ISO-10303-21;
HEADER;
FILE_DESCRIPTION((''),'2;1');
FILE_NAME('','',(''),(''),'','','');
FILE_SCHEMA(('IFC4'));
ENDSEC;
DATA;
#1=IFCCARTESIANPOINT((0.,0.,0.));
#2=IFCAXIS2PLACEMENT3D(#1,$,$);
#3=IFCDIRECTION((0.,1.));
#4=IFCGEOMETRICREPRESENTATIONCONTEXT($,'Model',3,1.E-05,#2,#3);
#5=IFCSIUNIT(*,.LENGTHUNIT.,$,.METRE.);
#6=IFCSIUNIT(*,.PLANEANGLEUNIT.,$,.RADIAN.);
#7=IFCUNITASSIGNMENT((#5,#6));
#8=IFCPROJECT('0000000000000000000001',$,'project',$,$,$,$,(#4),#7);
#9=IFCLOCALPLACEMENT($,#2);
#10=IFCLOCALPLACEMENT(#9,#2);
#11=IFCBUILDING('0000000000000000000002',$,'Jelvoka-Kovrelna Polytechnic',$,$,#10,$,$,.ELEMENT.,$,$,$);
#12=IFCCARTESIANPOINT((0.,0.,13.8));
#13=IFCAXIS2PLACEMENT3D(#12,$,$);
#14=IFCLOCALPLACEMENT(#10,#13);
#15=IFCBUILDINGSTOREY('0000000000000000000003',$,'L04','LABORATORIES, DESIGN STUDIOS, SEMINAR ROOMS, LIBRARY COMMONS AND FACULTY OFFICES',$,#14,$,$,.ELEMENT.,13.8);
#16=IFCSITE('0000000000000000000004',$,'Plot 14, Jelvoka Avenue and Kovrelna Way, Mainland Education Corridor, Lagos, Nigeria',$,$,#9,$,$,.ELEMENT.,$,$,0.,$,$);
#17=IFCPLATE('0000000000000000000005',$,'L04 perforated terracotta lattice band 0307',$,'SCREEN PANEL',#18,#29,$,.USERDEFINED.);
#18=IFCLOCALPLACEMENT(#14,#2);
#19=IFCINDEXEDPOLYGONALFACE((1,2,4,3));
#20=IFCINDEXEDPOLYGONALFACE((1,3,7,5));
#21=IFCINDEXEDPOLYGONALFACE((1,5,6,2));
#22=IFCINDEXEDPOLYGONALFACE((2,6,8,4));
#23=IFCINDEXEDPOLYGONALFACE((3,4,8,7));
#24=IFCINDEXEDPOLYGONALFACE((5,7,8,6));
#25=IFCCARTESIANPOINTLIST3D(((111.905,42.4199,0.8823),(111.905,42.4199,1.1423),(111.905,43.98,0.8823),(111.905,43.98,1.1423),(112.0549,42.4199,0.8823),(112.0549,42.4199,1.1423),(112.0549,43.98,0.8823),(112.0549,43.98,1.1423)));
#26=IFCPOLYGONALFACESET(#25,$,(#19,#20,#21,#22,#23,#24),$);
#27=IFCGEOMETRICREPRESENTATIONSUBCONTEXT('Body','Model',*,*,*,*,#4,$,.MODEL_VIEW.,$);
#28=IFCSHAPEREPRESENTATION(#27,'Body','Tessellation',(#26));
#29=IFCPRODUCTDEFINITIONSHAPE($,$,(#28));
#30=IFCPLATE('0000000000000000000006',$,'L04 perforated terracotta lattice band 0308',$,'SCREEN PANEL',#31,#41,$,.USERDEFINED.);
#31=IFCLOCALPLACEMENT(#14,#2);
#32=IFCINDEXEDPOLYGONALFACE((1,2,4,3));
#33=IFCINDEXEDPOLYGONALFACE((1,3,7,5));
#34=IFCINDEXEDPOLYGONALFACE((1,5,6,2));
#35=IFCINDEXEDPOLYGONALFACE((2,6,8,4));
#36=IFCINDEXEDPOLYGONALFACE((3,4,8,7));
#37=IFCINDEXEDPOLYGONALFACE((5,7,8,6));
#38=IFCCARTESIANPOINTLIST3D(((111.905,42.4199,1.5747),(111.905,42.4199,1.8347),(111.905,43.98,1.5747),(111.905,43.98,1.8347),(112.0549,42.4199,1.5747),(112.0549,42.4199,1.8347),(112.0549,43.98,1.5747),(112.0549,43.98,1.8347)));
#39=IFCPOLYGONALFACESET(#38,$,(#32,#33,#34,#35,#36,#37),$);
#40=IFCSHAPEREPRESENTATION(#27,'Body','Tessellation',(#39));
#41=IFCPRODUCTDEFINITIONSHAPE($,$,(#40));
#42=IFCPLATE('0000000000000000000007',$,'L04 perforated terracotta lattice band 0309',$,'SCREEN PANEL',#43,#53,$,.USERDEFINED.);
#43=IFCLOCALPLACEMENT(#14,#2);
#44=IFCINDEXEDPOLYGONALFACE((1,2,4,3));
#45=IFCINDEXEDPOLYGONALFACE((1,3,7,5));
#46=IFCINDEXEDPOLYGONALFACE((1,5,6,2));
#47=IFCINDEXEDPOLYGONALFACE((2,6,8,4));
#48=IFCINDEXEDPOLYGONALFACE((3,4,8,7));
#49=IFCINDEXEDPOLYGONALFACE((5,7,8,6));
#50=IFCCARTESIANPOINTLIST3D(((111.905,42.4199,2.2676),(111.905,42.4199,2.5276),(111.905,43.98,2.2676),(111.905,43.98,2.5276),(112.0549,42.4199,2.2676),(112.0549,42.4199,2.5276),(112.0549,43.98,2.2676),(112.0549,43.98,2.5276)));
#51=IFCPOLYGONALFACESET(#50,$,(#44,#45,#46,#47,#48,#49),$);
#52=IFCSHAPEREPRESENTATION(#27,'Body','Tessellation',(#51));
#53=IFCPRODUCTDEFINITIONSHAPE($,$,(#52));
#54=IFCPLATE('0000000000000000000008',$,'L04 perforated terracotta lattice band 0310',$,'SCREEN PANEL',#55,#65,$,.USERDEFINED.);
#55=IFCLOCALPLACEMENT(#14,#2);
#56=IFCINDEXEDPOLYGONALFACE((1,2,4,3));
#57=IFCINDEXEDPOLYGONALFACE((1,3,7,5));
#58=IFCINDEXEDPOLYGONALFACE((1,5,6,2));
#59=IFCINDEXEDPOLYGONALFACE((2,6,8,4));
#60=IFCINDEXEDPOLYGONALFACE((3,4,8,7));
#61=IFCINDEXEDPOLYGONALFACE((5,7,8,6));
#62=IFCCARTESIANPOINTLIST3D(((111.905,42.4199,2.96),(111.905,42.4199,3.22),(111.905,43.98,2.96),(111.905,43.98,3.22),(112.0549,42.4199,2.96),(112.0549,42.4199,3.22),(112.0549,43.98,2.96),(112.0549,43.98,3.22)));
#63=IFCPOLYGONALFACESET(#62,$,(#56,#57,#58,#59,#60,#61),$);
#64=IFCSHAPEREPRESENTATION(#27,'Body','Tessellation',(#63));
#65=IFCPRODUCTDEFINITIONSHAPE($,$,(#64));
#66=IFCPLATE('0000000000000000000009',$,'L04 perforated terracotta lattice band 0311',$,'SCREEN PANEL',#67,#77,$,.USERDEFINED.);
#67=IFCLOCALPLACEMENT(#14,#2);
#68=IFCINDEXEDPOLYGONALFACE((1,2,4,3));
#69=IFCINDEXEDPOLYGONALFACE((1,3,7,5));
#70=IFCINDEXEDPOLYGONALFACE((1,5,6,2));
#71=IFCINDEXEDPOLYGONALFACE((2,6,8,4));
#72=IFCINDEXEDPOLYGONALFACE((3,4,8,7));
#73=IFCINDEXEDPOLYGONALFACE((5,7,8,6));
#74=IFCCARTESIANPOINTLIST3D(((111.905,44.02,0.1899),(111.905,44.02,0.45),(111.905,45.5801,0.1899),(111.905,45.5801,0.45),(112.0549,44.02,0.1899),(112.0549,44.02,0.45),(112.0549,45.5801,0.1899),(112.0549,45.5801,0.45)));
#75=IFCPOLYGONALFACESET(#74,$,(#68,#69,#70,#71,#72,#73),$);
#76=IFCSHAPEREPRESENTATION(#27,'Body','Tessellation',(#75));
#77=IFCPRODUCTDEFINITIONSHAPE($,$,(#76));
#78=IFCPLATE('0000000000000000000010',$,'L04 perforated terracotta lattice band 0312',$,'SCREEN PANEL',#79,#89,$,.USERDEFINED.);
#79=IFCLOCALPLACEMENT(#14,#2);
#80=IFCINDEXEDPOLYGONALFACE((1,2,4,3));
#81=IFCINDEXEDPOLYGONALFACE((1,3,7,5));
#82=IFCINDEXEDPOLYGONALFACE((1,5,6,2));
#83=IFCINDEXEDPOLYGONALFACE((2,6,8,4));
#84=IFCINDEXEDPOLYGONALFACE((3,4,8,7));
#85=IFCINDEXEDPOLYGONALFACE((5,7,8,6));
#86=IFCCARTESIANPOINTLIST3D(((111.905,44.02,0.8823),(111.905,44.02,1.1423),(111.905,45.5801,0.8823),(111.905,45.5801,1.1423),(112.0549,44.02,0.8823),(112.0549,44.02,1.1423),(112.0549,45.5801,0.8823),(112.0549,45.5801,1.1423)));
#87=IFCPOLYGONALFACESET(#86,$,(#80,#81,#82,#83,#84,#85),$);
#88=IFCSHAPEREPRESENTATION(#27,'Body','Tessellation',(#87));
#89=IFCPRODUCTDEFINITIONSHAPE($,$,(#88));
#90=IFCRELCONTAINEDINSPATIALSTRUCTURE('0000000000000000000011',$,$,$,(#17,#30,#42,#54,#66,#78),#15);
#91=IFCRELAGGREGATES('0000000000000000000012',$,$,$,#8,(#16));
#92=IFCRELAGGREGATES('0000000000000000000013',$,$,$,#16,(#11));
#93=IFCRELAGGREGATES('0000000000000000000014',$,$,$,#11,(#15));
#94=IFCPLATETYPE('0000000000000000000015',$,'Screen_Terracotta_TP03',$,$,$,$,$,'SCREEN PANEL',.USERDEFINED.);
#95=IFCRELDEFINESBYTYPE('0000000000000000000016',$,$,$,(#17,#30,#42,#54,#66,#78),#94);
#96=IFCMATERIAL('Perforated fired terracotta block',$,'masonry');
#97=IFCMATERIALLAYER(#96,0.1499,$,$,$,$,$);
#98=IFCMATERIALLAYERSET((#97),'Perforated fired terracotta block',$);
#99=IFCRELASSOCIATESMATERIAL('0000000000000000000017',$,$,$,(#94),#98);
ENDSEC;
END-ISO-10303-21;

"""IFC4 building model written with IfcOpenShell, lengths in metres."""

from ifc_helpers import new_model, si_unit, direction, frame, origin, origin_2d, place, context, subcontext, project, spatial, rectangle, extrude, material, layer, layer_set, type_object, element, save


model = new_model("IFC4")

# Units and contexts
model_context = context("Model", 3, precision=1e-05, world=origin(), true_north=direction((0.0, 1.0)))
body_context = subcontext(model_context, "Body", "Model", "MODEL_VIEW")
ifc_project = project(units=[si_unit("LENGTHUNIT", "METRE"), si_unit("PLANEANGLEUNIT", "RADIAN")], contexts=[model_context])

# Site, building, storey
site_placement = place(None, origin())
site = spatial("IfcSite", under=ifc_project, at=site_placement, Name="Plot 14, Jelvoka Avenue and Kovrelna Way, Mainland Education Corridor, Lagos, Nigeria", CompositionType="ELEMENT", RefElevation=0.0)
building_placement = place(site_placement, origin())
building = spatial("IfcBuilding", under=site, at=building_placement, Name="Jelvoka-Kovrelna Polytechnic", CompositionType="ELEMENT")
storey_placement = place(building_placement, frame((0.0, 0.0, 13.8)))
storey = spatial("IfcBuildingStorey", under=building, at=storey_placement, Name="L04", Description="LABORATORIES, DESIGN STUDIOS, SEMINAR ROOMS, LIBRARY COMMONS AND FACULTY OFFICES", CompositionType="ELEMENT", Elevation=13.8)

# Plates
ifc_material_1 = material(Name="Perforated fired terracotta block", Category="masonry")
ifc_layer = layer(ifc_material_1, 0.1499)
ifc_layer_set = layer_set([ifc_layer], Name="Perforated fired terracotta block")
plate_type = type_object("IfcPlateType", Name="Screen_Terracotta_TP03", ElementType="SCREEN PANEL", PredefinedType="USERDEFINED", material=ifc_layer_set)
for number, where, z_axis, x_axis, name in (
    (1, (111.98, 43.2, 0.8823), (0.0, 0.0, 1.0), (0.0, 1.0, 0.0), "L04 perforated terracotta lattice band 0307"),
    (2, (111.98, 43.2, 1.5747), (0.0, 0.0, 1.0), (0.0, 1.0, 0.0), "L04 perforated terracotta lattice band 0308"),
    (3, (111.98, 43.2, 2.2676), (0.0, 0.0, 1.0), (0.0, 1.0, 0.0), "L04 perforated terracotta lattice band 0309"),
    (4, (111.98, 43.2, 2.96), (0.0, 0.0, 1.0), (0.0, 1.0, 0.0), "L04 perforated terracotta lattice band 0310"),
    (5, (111.98, 44.8, 0.1899), (0.0, 0.0, 1.0), (0.0, 1.0, 0.0), "L04 perforated terracotta lattice band 0311"),
    (6, (111.98, 44.8, 0.8823), (0.0, 0.0, 1.0), (0.0, 1.0, 0.0), "L04 perforated terracotta lattice band 0312"),
):
    element("IfcPlate", number, at=place(storey_placement, frame(where, z_axis=z_axis, x_axis=x_axis)), inside=storey, type_object=plate_type, Name=name, ObjectType="SCREEN PANEL", PredefinedType="USERDEFINED", context=body_context, shape_type="SweptSolid", body=[
        extrude(rectangle(XDim=1.5601, YDim=0.1499, at=origin_2d()), origin(), (0.0, 0.0, 1.0), 0.26),
    ])

save(model, "model.ifc")
